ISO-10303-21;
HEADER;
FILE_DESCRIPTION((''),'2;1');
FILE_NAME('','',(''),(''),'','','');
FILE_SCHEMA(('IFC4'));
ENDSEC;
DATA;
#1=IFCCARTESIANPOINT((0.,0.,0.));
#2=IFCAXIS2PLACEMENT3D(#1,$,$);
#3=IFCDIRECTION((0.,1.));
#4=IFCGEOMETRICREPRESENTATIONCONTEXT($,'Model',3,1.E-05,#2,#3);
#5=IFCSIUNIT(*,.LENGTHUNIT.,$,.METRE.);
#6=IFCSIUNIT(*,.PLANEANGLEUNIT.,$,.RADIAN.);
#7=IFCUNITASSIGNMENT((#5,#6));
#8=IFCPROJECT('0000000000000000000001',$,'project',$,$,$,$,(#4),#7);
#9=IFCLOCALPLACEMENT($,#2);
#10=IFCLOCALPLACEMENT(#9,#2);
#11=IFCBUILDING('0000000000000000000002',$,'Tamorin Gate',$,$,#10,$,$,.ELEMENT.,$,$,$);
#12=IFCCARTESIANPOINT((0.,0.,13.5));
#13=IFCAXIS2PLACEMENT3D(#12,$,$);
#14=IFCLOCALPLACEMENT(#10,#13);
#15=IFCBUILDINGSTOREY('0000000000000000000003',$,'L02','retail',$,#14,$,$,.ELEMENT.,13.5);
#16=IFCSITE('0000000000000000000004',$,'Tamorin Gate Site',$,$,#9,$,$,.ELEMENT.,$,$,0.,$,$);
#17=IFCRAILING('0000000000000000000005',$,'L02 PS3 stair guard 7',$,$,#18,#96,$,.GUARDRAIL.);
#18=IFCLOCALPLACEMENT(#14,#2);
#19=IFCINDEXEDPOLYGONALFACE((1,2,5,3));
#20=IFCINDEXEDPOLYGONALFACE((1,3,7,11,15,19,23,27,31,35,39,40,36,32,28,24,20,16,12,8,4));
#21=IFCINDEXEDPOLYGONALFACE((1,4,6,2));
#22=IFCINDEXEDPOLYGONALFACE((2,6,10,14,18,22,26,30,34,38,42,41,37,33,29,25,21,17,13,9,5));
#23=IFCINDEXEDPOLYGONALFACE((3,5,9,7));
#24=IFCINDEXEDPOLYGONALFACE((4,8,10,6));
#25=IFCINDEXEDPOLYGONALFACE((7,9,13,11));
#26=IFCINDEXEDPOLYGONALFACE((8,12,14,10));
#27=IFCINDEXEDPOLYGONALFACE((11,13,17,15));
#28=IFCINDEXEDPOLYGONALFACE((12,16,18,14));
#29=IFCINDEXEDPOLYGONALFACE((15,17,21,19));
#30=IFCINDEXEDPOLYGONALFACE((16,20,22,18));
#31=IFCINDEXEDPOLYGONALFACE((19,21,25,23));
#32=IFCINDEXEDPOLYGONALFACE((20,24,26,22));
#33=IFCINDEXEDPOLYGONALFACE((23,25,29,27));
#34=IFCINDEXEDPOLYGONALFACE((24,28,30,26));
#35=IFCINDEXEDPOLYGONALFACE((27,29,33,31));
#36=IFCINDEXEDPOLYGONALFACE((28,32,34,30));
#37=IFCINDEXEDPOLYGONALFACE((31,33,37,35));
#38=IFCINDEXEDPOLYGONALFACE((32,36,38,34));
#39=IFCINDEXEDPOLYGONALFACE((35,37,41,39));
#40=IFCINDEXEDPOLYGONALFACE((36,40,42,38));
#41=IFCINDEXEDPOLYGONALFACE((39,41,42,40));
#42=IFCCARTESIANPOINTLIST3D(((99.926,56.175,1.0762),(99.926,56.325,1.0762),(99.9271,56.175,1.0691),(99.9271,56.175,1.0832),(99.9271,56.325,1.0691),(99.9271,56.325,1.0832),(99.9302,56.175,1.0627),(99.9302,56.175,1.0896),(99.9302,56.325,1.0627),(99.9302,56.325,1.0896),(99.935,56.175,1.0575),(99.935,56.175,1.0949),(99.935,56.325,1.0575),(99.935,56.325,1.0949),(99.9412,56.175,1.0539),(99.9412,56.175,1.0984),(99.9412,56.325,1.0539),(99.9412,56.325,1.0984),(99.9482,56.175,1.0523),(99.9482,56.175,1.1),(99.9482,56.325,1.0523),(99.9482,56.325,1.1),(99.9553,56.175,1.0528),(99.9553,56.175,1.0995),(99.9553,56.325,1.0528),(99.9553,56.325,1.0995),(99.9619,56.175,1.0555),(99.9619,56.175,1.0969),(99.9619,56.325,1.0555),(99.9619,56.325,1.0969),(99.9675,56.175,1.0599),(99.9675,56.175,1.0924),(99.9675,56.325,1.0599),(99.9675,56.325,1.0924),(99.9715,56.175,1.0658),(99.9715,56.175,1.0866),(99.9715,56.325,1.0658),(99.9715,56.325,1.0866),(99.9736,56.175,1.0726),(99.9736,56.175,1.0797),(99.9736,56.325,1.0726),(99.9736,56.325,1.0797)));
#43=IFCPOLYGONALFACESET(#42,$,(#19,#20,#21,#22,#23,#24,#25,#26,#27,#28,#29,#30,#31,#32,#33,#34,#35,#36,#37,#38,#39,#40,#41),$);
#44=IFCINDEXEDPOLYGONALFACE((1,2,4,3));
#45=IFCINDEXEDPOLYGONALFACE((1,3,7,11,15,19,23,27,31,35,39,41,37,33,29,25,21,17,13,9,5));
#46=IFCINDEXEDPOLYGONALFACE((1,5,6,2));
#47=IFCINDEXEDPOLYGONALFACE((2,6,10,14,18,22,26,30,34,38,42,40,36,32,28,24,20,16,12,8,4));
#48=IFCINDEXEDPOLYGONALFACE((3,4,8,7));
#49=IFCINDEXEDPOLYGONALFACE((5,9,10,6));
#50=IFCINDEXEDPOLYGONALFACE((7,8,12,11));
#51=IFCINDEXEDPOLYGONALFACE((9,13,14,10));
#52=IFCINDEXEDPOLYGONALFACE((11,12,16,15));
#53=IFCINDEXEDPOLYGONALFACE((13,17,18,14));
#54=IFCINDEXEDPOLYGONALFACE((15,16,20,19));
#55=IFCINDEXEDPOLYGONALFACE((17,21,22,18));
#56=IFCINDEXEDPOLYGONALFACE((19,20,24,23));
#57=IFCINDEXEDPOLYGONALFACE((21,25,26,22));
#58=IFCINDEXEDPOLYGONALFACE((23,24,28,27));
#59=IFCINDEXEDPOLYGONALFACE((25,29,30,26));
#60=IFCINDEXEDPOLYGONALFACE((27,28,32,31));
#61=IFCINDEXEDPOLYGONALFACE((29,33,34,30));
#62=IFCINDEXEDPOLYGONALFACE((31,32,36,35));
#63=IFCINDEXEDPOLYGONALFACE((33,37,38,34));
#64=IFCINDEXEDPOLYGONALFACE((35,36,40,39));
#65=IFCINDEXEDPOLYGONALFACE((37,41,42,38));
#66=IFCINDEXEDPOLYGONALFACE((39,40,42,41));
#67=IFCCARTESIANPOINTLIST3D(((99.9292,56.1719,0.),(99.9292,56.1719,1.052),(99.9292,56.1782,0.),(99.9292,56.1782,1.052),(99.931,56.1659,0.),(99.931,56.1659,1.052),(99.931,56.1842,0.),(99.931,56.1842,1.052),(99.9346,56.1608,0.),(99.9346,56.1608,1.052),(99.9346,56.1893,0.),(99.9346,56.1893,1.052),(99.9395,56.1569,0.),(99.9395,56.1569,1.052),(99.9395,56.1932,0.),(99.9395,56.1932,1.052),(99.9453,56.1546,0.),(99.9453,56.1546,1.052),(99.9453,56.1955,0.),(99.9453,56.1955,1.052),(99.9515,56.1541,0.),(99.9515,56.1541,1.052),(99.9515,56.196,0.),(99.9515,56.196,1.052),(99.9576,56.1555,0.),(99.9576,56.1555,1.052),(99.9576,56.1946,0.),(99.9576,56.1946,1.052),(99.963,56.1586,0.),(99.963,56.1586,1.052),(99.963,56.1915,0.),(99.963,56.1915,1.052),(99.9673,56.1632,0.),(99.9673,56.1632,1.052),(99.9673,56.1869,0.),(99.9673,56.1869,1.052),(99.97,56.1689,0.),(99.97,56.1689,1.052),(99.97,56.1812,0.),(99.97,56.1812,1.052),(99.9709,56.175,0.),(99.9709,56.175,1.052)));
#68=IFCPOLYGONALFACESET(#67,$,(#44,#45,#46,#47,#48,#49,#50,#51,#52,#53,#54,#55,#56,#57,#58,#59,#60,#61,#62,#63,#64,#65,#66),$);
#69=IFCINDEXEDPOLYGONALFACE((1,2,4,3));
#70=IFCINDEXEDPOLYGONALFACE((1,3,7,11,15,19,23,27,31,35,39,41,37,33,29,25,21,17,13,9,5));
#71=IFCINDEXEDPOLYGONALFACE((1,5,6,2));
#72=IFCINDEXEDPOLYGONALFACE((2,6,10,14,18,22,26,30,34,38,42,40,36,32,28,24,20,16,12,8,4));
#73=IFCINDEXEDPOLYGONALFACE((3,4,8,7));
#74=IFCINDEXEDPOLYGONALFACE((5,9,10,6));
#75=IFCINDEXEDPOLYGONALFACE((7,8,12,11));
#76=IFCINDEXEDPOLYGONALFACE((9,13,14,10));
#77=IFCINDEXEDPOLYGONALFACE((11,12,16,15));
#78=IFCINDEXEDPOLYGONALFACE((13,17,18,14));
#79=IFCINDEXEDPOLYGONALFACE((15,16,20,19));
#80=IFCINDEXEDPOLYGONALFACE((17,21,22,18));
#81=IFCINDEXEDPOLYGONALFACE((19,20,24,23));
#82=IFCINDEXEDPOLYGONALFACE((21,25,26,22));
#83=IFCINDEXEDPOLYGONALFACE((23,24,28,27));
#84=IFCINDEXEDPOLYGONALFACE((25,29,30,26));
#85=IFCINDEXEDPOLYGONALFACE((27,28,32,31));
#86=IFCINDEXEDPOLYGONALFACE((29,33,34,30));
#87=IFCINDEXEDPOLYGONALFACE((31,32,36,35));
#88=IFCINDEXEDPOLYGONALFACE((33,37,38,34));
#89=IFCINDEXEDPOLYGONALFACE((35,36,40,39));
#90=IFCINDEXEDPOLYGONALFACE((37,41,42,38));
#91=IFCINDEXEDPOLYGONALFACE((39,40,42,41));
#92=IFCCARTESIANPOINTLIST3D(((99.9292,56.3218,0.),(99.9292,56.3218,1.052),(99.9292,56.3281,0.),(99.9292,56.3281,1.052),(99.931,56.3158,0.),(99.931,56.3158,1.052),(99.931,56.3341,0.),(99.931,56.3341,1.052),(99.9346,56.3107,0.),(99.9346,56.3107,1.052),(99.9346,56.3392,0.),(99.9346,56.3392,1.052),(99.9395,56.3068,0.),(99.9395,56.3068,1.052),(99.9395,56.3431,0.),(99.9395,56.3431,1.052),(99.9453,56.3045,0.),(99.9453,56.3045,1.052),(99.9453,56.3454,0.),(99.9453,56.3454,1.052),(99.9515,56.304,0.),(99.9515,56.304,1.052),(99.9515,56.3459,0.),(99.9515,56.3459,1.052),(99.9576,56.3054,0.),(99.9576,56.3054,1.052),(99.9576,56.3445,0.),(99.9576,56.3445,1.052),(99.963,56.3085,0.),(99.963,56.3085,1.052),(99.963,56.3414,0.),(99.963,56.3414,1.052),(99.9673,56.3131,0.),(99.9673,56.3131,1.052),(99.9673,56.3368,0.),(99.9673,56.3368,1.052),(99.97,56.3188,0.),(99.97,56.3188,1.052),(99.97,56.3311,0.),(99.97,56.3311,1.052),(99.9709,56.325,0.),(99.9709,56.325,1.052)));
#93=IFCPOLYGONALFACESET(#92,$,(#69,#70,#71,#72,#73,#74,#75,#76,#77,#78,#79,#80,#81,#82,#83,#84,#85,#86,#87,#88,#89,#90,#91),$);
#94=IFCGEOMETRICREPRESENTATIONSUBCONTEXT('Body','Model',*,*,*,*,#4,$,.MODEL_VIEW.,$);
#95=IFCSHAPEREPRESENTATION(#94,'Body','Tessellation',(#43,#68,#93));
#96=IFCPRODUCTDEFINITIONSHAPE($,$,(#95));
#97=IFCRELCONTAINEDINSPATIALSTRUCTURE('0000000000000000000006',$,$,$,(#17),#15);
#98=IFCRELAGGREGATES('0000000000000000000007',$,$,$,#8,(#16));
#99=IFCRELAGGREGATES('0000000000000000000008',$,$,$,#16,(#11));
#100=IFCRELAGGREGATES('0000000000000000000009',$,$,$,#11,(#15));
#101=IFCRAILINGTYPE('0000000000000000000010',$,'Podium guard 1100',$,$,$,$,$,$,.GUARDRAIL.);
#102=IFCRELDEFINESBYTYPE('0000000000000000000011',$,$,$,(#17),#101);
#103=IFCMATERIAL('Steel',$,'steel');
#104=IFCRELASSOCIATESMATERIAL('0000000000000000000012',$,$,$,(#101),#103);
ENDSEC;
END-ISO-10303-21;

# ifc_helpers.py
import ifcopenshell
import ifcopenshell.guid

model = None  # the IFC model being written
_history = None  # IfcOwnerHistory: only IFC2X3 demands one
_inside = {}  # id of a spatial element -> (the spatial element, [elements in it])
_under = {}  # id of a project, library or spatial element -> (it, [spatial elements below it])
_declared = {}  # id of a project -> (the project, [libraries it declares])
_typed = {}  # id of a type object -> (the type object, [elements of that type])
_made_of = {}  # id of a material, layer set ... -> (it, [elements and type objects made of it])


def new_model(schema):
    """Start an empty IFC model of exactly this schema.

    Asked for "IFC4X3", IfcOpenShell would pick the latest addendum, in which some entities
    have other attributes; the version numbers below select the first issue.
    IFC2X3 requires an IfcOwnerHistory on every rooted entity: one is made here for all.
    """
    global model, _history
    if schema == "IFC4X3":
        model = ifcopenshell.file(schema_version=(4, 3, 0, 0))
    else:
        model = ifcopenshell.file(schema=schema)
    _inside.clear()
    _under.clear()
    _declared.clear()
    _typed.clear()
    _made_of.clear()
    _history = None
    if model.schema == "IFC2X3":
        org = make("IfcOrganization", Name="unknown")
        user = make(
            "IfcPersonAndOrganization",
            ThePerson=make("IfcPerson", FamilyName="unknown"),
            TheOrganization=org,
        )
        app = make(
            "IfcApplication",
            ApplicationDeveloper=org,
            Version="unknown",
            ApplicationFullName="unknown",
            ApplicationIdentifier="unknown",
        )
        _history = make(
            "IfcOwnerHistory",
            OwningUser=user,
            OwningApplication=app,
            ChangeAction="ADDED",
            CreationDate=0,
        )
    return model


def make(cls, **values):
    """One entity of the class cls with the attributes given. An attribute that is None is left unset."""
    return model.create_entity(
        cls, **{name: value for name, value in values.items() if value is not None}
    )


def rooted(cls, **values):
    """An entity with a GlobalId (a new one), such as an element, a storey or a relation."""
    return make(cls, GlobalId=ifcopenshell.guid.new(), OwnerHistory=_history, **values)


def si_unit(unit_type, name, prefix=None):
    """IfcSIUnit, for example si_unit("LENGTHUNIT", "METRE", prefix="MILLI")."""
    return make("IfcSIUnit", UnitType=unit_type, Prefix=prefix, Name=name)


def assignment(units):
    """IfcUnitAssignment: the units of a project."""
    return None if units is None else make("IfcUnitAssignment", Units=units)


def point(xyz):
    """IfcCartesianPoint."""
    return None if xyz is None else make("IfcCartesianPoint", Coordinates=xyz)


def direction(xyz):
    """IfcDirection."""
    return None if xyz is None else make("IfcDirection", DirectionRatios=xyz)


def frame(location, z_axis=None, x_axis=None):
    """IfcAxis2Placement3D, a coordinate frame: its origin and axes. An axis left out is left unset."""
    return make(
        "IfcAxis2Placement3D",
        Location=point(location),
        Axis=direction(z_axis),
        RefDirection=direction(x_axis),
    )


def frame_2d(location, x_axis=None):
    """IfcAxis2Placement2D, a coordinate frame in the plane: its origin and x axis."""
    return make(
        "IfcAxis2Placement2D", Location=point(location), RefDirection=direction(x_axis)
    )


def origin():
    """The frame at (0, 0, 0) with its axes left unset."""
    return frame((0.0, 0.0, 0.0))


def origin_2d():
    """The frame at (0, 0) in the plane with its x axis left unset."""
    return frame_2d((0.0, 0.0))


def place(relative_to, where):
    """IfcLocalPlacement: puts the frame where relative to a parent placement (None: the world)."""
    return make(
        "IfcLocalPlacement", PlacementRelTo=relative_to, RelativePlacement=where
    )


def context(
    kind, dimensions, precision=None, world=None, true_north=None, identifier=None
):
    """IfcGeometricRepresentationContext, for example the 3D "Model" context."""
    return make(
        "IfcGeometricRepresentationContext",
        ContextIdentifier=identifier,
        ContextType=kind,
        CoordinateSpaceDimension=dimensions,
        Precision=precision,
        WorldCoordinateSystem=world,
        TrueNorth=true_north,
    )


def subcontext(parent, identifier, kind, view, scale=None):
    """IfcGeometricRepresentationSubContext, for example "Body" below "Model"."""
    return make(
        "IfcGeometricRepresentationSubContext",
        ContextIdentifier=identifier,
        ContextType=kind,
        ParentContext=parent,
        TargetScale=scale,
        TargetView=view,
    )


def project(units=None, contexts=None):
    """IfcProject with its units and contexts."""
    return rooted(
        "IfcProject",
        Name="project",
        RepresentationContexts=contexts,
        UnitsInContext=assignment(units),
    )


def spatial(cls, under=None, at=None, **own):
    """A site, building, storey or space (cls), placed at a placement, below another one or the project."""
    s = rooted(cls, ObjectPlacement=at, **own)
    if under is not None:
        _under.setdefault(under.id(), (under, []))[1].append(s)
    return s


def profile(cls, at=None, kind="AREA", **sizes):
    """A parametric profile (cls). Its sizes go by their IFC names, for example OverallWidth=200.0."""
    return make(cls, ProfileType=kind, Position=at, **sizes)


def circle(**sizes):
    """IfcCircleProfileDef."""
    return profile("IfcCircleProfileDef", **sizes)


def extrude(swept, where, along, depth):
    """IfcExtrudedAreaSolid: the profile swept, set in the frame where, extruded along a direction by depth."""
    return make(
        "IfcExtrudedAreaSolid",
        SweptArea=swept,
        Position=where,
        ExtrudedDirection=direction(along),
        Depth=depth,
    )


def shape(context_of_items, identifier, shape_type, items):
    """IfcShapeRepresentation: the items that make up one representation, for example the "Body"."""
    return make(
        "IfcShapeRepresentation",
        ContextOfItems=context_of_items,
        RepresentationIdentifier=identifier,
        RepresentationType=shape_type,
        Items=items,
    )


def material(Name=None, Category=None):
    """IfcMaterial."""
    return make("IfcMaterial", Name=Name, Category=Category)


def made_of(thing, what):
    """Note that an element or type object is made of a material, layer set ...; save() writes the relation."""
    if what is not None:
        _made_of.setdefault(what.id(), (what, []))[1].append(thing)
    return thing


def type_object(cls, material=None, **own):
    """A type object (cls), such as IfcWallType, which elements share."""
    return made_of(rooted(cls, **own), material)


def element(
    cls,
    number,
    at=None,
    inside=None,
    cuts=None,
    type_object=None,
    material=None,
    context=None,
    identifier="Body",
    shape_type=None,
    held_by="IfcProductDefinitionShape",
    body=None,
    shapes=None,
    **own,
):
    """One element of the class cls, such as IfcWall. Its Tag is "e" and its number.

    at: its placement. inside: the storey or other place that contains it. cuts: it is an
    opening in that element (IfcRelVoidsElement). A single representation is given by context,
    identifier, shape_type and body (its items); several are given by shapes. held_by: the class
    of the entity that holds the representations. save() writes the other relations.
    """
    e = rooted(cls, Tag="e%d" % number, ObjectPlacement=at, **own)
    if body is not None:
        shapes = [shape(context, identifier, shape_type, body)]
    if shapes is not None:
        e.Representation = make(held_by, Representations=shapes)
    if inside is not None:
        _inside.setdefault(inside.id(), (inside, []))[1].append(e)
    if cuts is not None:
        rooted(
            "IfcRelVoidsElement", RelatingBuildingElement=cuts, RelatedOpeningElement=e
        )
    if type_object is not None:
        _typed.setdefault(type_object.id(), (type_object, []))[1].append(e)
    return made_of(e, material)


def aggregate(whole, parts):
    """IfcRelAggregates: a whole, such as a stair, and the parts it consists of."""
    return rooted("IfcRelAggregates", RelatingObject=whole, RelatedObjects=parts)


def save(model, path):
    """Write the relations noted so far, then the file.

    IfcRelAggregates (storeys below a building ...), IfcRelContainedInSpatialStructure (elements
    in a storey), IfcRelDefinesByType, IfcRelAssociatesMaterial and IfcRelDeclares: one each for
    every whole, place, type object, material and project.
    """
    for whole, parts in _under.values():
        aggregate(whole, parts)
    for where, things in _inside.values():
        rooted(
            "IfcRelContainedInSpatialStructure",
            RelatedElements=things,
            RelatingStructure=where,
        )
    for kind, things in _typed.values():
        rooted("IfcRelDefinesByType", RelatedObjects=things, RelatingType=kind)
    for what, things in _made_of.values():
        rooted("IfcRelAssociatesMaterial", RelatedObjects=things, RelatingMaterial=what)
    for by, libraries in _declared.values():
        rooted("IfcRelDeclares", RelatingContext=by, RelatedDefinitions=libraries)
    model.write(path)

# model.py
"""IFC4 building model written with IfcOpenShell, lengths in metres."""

from ifc_helpers import new_model, si_unit, direction, frame, origin, origin_2d, place, context, subcontext, project, spatial, circle, extrude, material, type_object, element, save


model = new_model("IFC4")

# Units and contexts
model_context = context("Model", 3, precision=1e-05, world=origin(), true_north=direction((0.0, 1.0)))
body_context = subcontext(model_context, "Body", "Model", "MODEL_VIEW")
ifc_project = project(units=[si_unit("LENGTHUNIT", "METRE"), si_unit("PLANEANGLEUNIT", "RADIAN")], contexts=[model_context])

# Site, building, storey
site_placement = place(None, origin())
site = spatial("IfcSite", under=ifc_project, at=site_placement, Name="Tamorin Gate Site", CompositionType="ELEMENT", RefElevation=0.0)
building_placement = place(site_placement, origin())
building = spatial("IfcBuilding", under=site, at=building_placement, Name="Tamorin Gate", CompositionType="ELEMENT")
storey_placement = place(building_placement, frame((0.0, 0.0, 13.5)))
storey = spatial("IfcBuildingStorey", under=building, at=storey_placement, Name="L02", Description="retail", CompositionType="ELEMENT", Elevation=13.5)

# Railing
ifc_material_1 = material(Name="Steel", Category="steel")
railing_type_1 = type_object("IfcRailingType", Name="Podium guard 1100", PredefinedType="GUARDRAIL", material=ifc_material_1)
railing_1_placement = place(storey_placement, frame((99.95, 56.175, 0.0)))
element("IfcRailing", 1, at=railing_1_placement, inside=storey, type_object=railing_type_1, Name="L02 PS3 stair guard 7", PredefinedType="GUARDRAIL", context=body_context, shape_type="SweptSolid", body=[
    extrude(circle(Radius=0.0239, at=origin_2d()), frame((0.0, 0.0, 1.0762), z_axis=(0.0, 1.0, 0.0), x_axis=(-1.0, 0.0, 0.0)), (0.0, 0.0, 1.0), 0.1499),
    extrude(circle(Radius=0.021, at=origin_2d()), origin(), (0.0, 0.0, 1.0), 1.052),
    extrude(circle(Radius=0.021, at=origin_2d()), frame((0.0, 0.1499, 0.0)), (0.0, 0.0, 1.0), 1.052),
])

save(model, "model.ifc")
